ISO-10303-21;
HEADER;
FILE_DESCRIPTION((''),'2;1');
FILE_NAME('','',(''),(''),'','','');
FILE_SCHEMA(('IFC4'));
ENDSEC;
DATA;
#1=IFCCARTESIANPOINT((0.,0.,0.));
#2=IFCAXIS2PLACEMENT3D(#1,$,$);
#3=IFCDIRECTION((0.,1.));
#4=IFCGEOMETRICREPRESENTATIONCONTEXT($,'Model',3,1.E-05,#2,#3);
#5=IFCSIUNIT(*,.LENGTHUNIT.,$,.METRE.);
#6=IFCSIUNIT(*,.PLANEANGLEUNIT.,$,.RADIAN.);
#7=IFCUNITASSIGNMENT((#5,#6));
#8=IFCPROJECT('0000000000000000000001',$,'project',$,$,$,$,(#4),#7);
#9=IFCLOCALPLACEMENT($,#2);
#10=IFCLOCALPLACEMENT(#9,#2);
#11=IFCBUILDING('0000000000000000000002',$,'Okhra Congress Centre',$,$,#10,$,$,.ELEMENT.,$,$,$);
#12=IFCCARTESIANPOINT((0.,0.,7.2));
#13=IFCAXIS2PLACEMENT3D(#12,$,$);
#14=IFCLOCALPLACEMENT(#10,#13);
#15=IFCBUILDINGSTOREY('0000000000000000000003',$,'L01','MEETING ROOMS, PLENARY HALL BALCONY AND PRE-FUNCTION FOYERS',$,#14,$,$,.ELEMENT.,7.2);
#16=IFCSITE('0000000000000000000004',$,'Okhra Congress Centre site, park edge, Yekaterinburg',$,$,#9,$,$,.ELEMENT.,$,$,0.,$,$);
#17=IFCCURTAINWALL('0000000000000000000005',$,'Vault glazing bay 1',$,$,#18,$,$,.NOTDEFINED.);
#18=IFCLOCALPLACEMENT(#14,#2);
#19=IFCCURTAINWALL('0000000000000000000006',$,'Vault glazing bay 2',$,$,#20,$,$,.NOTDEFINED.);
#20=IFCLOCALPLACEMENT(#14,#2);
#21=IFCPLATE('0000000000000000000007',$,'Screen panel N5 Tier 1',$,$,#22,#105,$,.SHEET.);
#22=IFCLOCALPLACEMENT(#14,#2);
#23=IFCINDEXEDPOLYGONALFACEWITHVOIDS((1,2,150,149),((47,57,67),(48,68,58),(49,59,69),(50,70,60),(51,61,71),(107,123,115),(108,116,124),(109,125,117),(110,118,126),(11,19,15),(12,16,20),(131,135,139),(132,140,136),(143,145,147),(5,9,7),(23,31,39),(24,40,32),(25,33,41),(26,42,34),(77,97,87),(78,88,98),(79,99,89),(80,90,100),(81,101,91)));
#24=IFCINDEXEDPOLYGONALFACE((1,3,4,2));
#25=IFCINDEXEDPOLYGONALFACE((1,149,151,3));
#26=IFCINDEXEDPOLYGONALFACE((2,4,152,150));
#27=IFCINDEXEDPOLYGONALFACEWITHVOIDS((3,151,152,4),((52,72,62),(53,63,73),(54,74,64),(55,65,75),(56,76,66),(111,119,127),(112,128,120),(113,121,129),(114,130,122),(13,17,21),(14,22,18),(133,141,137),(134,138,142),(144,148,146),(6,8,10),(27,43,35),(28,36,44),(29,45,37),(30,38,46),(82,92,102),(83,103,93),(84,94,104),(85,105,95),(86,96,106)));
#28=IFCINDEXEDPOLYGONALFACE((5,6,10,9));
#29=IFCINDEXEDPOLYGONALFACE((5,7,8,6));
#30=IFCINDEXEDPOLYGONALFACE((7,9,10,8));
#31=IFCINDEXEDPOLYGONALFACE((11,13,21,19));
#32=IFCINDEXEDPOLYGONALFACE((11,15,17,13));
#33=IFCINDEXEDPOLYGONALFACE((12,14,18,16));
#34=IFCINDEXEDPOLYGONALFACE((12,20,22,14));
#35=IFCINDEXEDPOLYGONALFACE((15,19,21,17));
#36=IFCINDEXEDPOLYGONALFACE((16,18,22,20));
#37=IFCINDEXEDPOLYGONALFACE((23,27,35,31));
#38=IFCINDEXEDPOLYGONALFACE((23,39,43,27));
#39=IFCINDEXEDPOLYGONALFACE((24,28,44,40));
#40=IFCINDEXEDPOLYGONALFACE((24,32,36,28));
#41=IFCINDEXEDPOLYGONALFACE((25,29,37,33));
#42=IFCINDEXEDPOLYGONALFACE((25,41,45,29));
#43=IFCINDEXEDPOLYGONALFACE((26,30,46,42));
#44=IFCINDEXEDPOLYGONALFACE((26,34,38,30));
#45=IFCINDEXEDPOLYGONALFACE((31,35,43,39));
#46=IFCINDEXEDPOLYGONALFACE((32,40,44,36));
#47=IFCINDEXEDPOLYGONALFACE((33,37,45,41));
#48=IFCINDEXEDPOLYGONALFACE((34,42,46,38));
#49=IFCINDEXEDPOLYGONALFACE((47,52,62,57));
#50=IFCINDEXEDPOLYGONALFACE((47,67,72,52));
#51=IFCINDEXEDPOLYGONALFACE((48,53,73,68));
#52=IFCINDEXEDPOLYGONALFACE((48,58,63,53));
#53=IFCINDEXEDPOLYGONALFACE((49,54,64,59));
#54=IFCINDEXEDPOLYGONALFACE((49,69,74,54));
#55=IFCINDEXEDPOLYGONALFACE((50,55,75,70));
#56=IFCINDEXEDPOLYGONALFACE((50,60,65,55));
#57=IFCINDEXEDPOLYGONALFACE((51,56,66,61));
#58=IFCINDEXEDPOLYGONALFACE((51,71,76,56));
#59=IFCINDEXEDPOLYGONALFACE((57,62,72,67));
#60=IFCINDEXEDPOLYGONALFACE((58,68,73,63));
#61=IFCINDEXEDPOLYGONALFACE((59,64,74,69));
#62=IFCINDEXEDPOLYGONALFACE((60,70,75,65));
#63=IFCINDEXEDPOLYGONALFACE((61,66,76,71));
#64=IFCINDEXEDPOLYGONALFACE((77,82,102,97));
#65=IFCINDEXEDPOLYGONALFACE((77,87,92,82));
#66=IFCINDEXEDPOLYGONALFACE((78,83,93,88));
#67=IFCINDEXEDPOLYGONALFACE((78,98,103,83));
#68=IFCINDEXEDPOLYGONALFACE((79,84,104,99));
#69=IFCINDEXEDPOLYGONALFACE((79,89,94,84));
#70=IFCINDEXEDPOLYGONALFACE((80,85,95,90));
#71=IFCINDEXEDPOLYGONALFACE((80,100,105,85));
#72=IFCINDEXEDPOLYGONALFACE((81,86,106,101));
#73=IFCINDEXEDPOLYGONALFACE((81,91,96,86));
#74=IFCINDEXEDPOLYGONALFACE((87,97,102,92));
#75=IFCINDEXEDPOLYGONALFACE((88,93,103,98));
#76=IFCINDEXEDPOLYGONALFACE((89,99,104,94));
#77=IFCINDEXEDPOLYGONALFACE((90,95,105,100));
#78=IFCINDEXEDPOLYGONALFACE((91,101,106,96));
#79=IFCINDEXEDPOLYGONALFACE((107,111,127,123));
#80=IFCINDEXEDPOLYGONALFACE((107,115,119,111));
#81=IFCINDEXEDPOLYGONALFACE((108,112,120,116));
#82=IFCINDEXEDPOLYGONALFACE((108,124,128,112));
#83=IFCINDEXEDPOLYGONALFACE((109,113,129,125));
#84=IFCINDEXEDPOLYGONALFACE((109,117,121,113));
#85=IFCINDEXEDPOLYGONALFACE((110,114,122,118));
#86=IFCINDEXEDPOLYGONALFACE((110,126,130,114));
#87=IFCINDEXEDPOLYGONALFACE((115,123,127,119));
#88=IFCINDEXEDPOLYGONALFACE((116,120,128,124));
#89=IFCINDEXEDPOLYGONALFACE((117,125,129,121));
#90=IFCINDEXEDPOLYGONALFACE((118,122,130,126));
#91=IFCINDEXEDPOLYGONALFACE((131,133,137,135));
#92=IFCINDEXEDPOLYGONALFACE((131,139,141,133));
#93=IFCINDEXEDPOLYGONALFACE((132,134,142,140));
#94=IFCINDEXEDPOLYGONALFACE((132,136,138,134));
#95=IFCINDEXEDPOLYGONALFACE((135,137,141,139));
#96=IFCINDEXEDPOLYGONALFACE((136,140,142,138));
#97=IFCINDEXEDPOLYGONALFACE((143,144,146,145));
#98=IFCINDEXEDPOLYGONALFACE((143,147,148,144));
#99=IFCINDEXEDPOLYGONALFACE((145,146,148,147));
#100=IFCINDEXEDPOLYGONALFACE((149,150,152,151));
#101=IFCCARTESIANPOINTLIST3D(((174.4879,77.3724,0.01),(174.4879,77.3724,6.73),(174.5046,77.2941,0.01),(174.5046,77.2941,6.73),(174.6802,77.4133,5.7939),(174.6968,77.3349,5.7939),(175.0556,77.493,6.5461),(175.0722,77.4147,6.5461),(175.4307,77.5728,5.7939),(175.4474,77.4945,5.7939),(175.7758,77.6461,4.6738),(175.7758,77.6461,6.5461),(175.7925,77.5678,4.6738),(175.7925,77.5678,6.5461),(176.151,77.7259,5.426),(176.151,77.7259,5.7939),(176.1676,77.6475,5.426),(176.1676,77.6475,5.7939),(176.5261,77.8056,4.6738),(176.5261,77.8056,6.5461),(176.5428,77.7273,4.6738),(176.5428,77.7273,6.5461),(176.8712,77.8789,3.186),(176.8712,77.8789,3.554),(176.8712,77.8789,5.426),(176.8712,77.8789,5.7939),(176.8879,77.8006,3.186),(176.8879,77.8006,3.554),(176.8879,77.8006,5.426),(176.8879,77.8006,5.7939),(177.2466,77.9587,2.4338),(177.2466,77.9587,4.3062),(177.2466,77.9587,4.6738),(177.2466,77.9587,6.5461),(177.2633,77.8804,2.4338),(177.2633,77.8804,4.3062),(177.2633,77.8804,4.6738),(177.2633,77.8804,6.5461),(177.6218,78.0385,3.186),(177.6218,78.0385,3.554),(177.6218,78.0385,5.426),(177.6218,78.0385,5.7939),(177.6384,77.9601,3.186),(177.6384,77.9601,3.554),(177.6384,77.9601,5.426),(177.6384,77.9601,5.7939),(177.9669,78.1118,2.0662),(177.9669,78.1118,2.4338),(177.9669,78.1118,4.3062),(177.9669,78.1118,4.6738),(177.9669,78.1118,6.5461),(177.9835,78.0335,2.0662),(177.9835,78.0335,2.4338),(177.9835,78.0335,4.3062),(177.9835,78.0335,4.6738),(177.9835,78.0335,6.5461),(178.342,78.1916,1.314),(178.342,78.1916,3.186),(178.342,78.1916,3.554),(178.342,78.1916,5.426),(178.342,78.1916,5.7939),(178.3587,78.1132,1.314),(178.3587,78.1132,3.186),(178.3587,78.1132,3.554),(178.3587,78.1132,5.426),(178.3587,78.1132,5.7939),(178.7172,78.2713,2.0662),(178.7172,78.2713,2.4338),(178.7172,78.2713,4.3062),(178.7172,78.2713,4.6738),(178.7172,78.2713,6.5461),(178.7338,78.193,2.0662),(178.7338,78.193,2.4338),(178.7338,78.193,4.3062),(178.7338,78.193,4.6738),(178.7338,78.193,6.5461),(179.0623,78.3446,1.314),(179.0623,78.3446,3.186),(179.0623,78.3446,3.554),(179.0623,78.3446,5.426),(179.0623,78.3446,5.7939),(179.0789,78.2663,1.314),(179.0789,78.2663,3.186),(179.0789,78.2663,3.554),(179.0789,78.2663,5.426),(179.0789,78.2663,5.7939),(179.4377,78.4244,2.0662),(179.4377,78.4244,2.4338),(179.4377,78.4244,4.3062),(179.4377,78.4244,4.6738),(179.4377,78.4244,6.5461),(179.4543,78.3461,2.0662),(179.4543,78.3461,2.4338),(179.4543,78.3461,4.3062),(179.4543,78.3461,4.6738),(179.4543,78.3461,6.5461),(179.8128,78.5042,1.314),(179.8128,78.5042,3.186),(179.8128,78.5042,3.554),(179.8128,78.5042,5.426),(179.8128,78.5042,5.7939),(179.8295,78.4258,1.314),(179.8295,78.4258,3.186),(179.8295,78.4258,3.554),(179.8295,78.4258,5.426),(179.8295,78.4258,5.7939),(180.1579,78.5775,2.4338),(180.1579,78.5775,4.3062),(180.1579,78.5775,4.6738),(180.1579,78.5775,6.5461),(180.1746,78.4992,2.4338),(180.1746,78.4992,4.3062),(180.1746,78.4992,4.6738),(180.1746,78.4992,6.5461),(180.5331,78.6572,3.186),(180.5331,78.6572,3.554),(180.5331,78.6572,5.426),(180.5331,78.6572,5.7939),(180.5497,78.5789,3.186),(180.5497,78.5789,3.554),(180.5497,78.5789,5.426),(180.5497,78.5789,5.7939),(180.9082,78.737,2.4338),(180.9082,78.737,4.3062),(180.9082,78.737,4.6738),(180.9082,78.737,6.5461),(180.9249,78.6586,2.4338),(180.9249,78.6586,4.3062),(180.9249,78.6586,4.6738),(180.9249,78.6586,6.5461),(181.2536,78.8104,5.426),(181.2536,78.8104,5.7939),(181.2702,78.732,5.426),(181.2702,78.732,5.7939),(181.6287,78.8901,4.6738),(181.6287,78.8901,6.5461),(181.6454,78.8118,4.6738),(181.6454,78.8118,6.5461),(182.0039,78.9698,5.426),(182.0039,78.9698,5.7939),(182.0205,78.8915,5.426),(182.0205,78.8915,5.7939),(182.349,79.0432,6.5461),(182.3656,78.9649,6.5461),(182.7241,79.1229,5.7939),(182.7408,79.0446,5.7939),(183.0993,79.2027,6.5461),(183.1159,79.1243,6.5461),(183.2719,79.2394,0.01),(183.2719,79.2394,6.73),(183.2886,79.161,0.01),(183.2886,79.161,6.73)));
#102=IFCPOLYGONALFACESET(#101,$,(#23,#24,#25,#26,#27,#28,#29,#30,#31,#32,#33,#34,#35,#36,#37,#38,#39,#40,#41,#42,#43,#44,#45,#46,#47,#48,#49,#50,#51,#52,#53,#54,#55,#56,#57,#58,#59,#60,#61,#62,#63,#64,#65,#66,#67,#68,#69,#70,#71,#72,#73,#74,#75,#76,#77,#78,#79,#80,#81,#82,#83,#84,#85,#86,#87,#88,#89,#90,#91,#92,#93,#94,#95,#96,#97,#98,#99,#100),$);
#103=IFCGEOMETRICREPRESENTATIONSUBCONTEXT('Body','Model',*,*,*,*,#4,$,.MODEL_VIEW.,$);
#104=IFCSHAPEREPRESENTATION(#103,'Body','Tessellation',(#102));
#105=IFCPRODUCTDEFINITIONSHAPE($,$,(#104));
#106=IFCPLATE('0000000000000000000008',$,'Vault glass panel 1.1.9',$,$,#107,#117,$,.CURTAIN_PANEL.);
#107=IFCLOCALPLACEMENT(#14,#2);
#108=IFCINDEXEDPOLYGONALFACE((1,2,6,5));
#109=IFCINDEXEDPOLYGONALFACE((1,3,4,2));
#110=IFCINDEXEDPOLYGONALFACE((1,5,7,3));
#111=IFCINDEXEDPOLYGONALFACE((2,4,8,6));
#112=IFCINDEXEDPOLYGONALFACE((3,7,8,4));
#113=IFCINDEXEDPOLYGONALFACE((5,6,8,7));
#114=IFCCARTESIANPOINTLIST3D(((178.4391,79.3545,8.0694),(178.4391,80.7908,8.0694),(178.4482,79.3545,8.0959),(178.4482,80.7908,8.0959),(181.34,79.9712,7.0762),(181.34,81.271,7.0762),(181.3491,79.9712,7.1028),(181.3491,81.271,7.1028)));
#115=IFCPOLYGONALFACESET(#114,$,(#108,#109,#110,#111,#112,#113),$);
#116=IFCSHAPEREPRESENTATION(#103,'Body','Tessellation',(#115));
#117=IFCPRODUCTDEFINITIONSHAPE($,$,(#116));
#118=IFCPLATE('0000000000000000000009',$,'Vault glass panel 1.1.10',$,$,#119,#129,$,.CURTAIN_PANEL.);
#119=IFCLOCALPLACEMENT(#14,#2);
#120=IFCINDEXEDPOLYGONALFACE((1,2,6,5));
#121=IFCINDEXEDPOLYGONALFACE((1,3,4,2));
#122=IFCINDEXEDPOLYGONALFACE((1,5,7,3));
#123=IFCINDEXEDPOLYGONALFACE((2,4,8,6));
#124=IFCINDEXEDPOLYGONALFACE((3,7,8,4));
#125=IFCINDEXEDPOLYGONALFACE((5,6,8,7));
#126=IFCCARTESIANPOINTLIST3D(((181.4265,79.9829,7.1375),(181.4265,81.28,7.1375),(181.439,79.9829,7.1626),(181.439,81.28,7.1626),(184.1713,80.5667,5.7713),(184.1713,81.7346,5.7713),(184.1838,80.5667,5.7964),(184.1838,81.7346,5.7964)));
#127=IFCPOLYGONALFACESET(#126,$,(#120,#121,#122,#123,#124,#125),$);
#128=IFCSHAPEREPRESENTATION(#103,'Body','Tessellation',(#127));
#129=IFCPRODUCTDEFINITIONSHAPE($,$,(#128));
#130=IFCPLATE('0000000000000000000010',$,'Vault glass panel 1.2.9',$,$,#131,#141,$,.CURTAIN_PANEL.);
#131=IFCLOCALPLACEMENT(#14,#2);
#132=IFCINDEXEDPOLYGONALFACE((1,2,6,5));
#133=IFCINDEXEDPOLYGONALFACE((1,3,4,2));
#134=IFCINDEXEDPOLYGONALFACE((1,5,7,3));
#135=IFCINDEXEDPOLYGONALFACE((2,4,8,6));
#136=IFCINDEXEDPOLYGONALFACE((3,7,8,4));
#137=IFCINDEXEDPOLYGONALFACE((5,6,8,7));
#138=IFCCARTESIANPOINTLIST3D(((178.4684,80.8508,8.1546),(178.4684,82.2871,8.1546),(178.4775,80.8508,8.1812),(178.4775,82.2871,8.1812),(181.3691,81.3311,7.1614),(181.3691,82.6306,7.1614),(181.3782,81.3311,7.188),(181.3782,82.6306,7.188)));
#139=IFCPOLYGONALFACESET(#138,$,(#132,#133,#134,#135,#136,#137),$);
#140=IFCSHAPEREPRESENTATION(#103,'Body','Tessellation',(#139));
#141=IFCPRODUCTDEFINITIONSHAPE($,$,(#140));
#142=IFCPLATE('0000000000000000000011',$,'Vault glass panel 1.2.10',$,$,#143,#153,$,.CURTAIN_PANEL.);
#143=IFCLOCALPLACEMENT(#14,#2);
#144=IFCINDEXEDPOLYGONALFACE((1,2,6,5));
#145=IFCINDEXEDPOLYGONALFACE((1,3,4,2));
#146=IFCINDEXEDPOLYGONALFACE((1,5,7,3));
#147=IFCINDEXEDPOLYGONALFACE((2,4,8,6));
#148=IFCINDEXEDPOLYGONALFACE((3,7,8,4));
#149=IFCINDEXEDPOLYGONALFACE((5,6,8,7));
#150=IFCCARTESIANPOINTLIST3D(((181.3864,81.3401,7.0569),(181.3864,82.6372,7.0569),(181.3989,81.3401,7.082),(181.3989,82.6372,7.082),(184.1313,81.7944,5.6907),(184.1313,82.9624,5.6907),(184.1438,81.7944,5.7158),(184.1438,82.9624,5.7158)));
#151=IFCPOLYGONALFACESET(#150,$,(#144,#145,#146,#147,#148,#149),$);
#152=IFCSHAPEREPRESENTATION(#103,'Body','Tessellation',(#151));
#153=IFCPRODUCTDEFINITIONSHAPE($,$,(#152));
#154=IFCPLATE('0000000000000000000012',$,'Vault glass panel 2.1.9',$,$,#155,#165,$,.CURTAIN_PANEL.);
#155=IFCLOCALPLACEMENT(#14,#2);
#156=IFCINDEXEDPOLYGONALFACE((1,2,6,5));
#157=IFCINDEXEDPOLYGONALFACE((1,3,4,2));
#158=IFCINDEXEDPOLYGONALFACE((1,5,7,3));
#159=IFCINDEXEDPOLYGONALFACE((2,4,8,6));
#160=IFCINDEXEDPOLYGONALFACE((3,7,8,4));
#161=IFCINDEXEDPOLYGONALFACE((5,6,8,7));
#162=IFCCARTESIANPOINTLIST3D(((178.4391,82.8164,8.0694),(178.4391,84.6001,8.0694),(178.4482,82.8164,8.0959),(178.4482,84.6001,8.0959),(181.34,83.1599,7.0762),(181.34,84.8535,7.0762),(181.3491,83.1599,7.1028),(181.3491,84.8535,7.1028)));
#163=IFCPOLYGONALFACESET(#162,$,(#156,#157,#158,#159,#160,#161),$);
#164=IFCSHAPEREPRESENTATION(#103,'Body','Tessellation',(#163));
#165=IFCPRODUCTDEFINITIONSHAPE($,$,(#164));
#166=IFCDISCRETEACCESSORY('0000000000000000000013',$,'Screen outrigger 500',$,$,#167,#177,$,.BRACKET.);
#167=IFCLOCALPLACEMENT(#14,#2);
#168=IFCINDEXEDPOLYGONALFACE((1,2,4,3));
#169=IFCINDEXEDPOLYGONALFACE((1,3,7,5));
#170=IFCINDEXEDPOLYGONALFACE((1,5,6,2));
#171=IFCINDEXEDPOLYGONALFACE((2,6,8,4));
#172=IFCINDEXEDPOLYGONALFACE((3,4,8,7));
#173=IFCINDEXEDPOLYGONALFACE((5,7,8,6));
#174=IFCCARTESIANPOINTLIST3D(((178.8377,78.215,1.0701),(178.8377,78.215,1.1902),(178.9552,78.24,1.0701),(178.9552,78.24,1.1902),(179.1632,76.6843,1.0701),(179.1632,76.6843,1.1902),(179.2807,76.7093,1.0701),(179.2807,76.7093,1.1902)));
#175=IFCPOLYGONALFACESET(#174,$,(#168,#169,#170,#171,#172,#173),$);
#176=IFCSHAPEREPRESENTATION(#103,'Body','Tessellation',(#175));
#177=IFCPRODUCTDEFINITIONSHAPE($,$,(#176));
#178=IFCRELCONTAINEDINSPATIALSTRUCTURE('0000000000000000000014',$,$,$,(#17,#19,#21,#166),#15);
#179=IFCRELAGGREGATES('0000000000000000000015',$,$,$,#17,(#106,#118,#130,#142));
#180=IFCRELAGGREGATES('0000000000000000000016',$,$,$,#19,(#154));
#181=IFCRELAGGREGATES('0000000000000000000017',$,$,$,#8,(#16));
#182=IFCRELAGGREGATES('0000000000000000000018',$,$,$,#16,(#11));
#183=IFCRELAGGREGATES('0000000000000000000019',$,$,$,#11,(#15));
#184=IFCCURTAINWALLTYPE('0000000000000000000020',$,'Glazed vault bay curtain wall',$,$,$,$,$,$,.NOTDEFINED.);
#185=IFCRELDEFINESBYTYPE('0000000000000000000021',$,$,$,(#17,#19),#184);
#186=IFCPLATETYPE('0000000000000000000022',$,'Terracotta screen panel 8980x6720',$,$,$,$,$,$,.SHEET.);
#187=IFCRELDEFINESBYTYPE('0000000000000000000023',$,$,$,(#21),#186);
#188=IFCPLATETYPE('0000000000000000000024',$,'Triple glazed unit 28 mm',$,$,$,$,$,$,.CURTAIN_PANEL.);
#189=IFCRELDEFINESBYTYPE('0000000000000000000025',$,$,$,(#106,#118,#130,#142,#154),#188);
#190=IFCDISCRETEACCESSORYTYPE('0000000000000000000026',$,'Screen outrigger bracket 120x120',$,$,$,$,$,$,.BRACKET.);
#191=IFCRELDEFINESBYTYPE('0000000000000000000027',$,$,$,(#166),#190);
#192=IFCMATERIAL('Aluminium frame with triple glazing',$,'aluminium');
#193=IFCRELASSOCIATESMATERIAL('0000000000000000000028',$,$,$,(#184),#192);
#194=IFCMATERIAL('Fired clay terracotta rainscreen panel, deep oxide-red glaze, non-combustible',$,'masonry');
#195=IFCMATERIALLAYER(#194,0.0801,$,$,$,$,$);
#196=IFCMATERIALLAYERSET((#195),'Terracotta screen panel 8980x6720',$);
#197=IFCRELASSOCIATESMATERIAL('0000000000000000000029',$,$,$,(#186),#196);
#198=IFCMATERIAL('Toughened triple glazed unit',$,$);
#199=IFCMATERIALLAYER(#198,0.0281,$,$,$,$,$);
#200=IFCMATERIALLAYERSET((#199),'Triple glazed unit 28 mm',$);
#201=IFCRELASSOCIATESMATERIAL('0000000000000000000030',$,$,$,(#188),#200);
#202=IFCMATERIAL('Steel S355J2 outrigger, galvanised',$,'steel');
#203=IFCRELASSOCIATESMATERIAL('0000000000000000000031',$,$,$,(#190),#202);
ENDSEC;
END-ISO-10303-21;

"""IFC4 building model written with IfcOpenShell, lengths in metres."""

from ifc_helpers import new_model, si_unit, direction, frame, origin, origin_2d, place, context, subcontext, project, spatial, polyline, rectangle, outline, extrude, material, layer, layer_set, material_profile, profile_set, type_object, element, aggregate, save


model = new_model("IFC4")

# Units and contexts
model_context = context("Model", 3, precision=1e-05, world=origin(), true_north=direction((0.0, 1.0)))
body_context = subcontext(model_context, "Body", "Model", "MODEL_VIEW")
ifc_project = project(units=[si_unit("LENGTHUNIT", "METRE"), si_unit("PLANEANGLEUNIT", "RADIAN")], contexts=[model_context])

# Site, building, storey
site_placement = place(None, origin())
site = spatial("IfcSite", under=ifc_project, at=site_placement, Name="Okhra Congress Centre site, park edge, Yekaterinburg", CompositionType="ELEMENT", RefElevation=0.0)
building_placement = place(site_placement, origin())
building = spatial("IfcBuilding", under=site, at=building_placement, Name="Okhra Congress Centre", CompositionType="ELEMENT")
storey_placement = place(building_placement, frame((0.0, 0.0, 7.2)))
storey = spatial("IfcBuildingStorey", under=building, at=storey_placement, Name="L01", Description="MEETING ROOMS, PLENARY HALL BALCONY AND PRE-FUNCTION FOYERS", CompositionType="ELEMENT", Elevation=7.2)

# Curtain walls
ifc_material_1 = material(Name="Aluminium frame with triple glazing", Category="aluminium")
curtain_wall_type = type_object("IfcCurtainWallType", Name="Glazed vault bay curtain wall", PredefinedType="NOTDEFINED", material=ifc_material_1)
curtain_wall_1_placement = place(storey_placement, origin())
curtain_wall_1 = element("IfcCurtainWall", 1, at=curtain_wall_1_placement, inside=storey, type_object=curtain_wall_type, Name="Vault glazing bay 1", PredefinedType="NOTDEFINED")
curtain_wall_2_placement = place(storey_placement, origin())
curtain_wall_2 = element("IfcCurtainWall", 2, at=curtain_wall_2_placement, inside=storey, type_object=curtain_wall_type, Name="Vault glazing bay 2", PredefinedType="NOTDEFINED")

# Plates
ifc_material_2 = material(Name="Fired clay terracotta rainscreen panel, deep oxide-red glaze, non-combustible", Category="masonry")
ifc_layer_1 = layer(ifc_material_2, 0.0801)
ifc_layer_set_1 = layer_set([ifc_layer_1], Name="Terracotta screen panel 8980x6720")
plate_type_1 = type_object("IfcPlateType", Name="Terracotta screen panel 8980x6720", PredefinedType="SHEET", material=ifc_layer_set_1)
plate_1_placement = place(storey_placement, frame((183.2803, 79.2002, 0.01), z_axis=(0.0, 0.0, 1.0), x_axis=(-0.978151, -0.207897, 0.0)))
element("IfcPlate", 3, at=plate_1_placement, inside=storey, type_object=plate_type_1, Name="Screen panel N5 Tier 1", PredefinedType="SHEET", context=body_context, shape_type="SweptSolid", body=[
    extrude(outline(polyline([(0.0, 0.0), (8.9802, 0.0), (8.9802, 6.72), (0.0, 6.72), (0.0, 0.0)]), holes=[polyline([(3.5364, 1.304), (4.3037, 1.304), (3.9199, 2.0562), (3.5364, 1.304)]), polyline([(4.6565, 2.0562), (5.04, 1.304), (5.4236, 2.0562), (4.6565, 2.0562)]), polyline([(2.4165, 2.4238), (3.1836, 2.4238), (2.8, 3.176), (2.4165, 2.4238)]), polyline([(3.5364, 3.176), (3.9199, 2.4238), (4.3037, 3.176), (3.5364, 3.176)]), polyline([(4.6565, 2.4238), (5.4236, 2.4238), (5.04, 3.176), (4.6565, 2.4238)]), polyline([(5.7764, 3.176), (6.1599, 2.4238), (6.5437, 3.176), (5.7764, 3.176)]), polyline([(2.4165, 4.2961), (2.8, 3.5439), (3.1836, 4.2961), (2.4165, 4.2961)]), polyline([(3.5364, 3.5439), (4.3037, 3.5439), (3.9199, 4.2961), (3.5364, 3.5439)]), polyline([(4.6565, 4.2961), (5.04, 3.5439), (5.4236, 4.2961), (4.6565, 4.2961)]), polyline([(5.7764, 3.5439), (6.5437, 3.5439), (6.1599, 4.2961), (5.7764, 3.5439)]), polyline([(1.2964, 5.416), (1.6799, 4.6638), (2.0635, 5.416), (1.2964, 5.416)]), polyline([(2.4165, 4.6638), (3.1836, 4.6638), (2.8, 5.416), (2.4165, 4.6638)]), polyline([(3.5364, 5.416), (3.9199, 4.6638), (4.3037, 5.416), (3.5364, 5.416)]), polyline([(4.6565, 4.6638), (5.4236, 4.6638), (5.04, 5.416), (4.6565, 4.6638)]), polyline([(5.7764, 5.416), (6.1599, 4.6638), (6.5437, 5.416), (5.7764, 5.416)]), polyline([(6.8965, 4.6638), (7.6636, 4.6638), (7.28, 5.416), (6.8965, 4.6638)]), polyline([(0.1765, 6.5361), (0.5601, 5.7839), (0.9436, 6.5361), (0.1765, 6.5361)]), polyline([(1.2964, 5.7839), (2.0635, 5.7839), (1.6799, 6.5361), (1.2964, 5.7839)]), polyline([(2.4165, 6.5361), (2.8, 5.7839), (3.1836, 6.5361), (2.4165, 6.5361)]), polyline([(3.5364, 5.7839), (4.3037, 5.7839), (3.9199, 6.5361), (3.5364, 5.7839)]), polyline([(4.6565, 6.5361), (5.04, 5.7839), (5.4236, 6.5361), (4.6565, 6.5361)]), polyline([(5.7764, 5.7839), (6.5437, 5.7839), (6.1599, 6.5361), (5.7764, 5.7839)]), polyline([(6.8965, 6.5361), (7.28, 5.7839), (7.6636, 6.5361), (6.8965, 6.5361)]), polyline([(8.0164, 5.7839), (8.7837, 5.7839), (8.3999, 6.5361), (8.0164, 5.7839)])]), frame((0.0, 0.04, 0.0), z_axis=(0.0, -1.0, 0.0), x_axis=(1.0, 0.0, 0.0)), (0.0, 0.0, 1.0), 0.0801),
])
ifc_material_3 = material(Name="Toughened triple glazed unit")
ifc_layer_2 = layer(ifc_material_3, 0.0281)
ifc_layer_set_2 = layer_set([ifc_layer_2], Name="Triple glazed unit 28 mm")
plate_type_2 = type_object("IfcPlateType", Name="Triple glazed unit 28 mm", PredefinedType="CURTAIN_PANEL", material=ifc_layer_set_2)
plate_2_placement = place(storey_placement, frame((178.4482, 79.3545, 8.0959), z_axis=(0.323909, 0.0, 0.946088), x_axis=(0.927514, 0.197181, -0.31755)))
plate_2 = element("IfcPlate", 4, at=plate_2_placement, type_object=plate_type_2, Name="Vault glass panel 1.1.9", PredefinedType="CURTAIN_PANEL", context=body_context, shape_type="SweptSolid", body=[
    extrude(outline(polyline([(0.0, 0.0), (3.1276, 0.0), (3.3839, 1.2743), (0.2832, 1.4081), (0.0, 0.0)])), origin(), (0.0, 0.0, -1.0), 0.0281),
])
plate_3_placement = place(storey_placement, frame((181.439, 79.9829, 7.1626), z_axis=(0.445588, 0.0, 0.895238), x_axis=(0.879441, 0.187027, -0.437726)))
plate_3 = element("IfcPlate", 5, at=plate_3_placement, type_object=plate_type_2, Name="Vault glass panel 1.1.10", PredefinedType="CURTAIN_PANEL", context=body_context, shape_type="SweptSolid", body=[
    extrude(outline(polyline([(0.0, 0.0), (3.1212, 0.0), (3.3396, 1.1474), (0.2426, 1.2742), (0.0, 0.0)])), origin(), (0.0, 0.0, -1.0), 0.0281),
])
plate_4_placement = place(storey_placement, frame((178.4775, 80.8508, 8.1812), z_axis=(0.323933, 0.0, 0.94608), x_axis=(0.934684, 0.154745, -0.320031)))
plate_4 = element("IfcPlate", 6, at=plate_4_placement, type_object=plate_type_2, Name="Vault glass panel 1.2.9", PredefinedType="CURTAIN_PANEL", context=body_context, shape_type="SweptSolid", body=[
    extrude(outline(polyline([(0.0, 0.0), (3.1033, 0.0), (3.3044, 1.2839), (0.2223, 1.419), (0.0, 0.0)])), origin(), (0.0, 0.0, -1.0), 0.0281),
])
plate_5_placement = place(storey_placement, frame((181.3989, 81.3401, 7.082), z_axis=(0.445588, 0.0, 0.895238), x_axis=(0.885568, 0.146584, -0.440775)))
plate_5 = element("IfcPlate", 7, at=plate_5_placement, type_object=plate_type_2, Name="Vault glass panel 1.2.10", PredefinedType="CURTAIN_PANEL", context=body_context, shape_type="SweptSolid", body=[
    extrude(outline(polyline([(0.0, 0.0), (3.0996, 0.0), (3.2708, 1.1554), (0.1901, 1.2831), (0.0, 0.0)])), origin(), (0.0, 0.0, -1.0), 0.0281),
])
aggregate(curtain_wall_1, [plate_2, plate_3, plate_4, plate_5])
plate_6_placement = place(storey_placement, frame((178.4482, 82.8164, 8.0959), z_axis=(0.323909, 0.0, 0.946088), x_axis=(0.940206, 0.111334, -0.321895)))
plate_6 = element("IfcPlate", 8, at=plate_6_placement, type_object=plate_type_2, Name="Vault glass panel 2.1.9", PredefinedType="CURTAIN_PANEL", context=body_context, shape_type="SweptSolid", body=[
    extrude(outline(polyline([(0.0, 0.0), (3.0854, 0.0), (3.2739, 1.6831), (0.1986, 1.7726), (0.0, 0.0)])), origin(), (0.0, 0.0, -1.0), 0.0281),
])
aggregate(curtain_wall_2, [plate_6])

# Discrete accessory
ifc_material_4 = material(Name="Steel S355J2 outrigger, galvanised", Category="steel")
ifc_material_profile_1 = material_profile(ifc_material_4, rectangle(XDim=0.1201, YDim=0.1201, at=origin_2d()), Name="Screen outrigger bracket 120x120")
ifc_profile_set_1 = profile_set([ifc_material_profile_1], Name="Steel S355J2 outrigger, galvanised")
discrete_accessory_type_1 = type_object("IfcDiscreteAccessoryType", Name="Screen outrigger bracket 120x120", PredefinedType="BRACKET", material=ifc_profile_set_1)
for number, where, z_axis, x_axis, name in (
    (9, (179.2219, 76.6968, 1.1301), (-0.207952, 0.978139, 0.0), (-0.978139, -0.207952, 0.0), "Screen outrigger 500"),
):
    element("IfcDiscreteAccessory", number, at=place(storey_placement, frame(where, z_axis=z_axis, x_axis=x_axis)), inside=storey, type_object=discrete_accessory_type_1, Name=name, PredefinedType="BRACKET", context=body_context, shape_type="SweptSolid", body=[
        extrude(rectangle(XDim=0.1201, YDim=0.1201, at=origin_2d()), origin(), (0.0, 0.0, 1.0), 1.5649),
    ])

save(model, "model.ifc")
